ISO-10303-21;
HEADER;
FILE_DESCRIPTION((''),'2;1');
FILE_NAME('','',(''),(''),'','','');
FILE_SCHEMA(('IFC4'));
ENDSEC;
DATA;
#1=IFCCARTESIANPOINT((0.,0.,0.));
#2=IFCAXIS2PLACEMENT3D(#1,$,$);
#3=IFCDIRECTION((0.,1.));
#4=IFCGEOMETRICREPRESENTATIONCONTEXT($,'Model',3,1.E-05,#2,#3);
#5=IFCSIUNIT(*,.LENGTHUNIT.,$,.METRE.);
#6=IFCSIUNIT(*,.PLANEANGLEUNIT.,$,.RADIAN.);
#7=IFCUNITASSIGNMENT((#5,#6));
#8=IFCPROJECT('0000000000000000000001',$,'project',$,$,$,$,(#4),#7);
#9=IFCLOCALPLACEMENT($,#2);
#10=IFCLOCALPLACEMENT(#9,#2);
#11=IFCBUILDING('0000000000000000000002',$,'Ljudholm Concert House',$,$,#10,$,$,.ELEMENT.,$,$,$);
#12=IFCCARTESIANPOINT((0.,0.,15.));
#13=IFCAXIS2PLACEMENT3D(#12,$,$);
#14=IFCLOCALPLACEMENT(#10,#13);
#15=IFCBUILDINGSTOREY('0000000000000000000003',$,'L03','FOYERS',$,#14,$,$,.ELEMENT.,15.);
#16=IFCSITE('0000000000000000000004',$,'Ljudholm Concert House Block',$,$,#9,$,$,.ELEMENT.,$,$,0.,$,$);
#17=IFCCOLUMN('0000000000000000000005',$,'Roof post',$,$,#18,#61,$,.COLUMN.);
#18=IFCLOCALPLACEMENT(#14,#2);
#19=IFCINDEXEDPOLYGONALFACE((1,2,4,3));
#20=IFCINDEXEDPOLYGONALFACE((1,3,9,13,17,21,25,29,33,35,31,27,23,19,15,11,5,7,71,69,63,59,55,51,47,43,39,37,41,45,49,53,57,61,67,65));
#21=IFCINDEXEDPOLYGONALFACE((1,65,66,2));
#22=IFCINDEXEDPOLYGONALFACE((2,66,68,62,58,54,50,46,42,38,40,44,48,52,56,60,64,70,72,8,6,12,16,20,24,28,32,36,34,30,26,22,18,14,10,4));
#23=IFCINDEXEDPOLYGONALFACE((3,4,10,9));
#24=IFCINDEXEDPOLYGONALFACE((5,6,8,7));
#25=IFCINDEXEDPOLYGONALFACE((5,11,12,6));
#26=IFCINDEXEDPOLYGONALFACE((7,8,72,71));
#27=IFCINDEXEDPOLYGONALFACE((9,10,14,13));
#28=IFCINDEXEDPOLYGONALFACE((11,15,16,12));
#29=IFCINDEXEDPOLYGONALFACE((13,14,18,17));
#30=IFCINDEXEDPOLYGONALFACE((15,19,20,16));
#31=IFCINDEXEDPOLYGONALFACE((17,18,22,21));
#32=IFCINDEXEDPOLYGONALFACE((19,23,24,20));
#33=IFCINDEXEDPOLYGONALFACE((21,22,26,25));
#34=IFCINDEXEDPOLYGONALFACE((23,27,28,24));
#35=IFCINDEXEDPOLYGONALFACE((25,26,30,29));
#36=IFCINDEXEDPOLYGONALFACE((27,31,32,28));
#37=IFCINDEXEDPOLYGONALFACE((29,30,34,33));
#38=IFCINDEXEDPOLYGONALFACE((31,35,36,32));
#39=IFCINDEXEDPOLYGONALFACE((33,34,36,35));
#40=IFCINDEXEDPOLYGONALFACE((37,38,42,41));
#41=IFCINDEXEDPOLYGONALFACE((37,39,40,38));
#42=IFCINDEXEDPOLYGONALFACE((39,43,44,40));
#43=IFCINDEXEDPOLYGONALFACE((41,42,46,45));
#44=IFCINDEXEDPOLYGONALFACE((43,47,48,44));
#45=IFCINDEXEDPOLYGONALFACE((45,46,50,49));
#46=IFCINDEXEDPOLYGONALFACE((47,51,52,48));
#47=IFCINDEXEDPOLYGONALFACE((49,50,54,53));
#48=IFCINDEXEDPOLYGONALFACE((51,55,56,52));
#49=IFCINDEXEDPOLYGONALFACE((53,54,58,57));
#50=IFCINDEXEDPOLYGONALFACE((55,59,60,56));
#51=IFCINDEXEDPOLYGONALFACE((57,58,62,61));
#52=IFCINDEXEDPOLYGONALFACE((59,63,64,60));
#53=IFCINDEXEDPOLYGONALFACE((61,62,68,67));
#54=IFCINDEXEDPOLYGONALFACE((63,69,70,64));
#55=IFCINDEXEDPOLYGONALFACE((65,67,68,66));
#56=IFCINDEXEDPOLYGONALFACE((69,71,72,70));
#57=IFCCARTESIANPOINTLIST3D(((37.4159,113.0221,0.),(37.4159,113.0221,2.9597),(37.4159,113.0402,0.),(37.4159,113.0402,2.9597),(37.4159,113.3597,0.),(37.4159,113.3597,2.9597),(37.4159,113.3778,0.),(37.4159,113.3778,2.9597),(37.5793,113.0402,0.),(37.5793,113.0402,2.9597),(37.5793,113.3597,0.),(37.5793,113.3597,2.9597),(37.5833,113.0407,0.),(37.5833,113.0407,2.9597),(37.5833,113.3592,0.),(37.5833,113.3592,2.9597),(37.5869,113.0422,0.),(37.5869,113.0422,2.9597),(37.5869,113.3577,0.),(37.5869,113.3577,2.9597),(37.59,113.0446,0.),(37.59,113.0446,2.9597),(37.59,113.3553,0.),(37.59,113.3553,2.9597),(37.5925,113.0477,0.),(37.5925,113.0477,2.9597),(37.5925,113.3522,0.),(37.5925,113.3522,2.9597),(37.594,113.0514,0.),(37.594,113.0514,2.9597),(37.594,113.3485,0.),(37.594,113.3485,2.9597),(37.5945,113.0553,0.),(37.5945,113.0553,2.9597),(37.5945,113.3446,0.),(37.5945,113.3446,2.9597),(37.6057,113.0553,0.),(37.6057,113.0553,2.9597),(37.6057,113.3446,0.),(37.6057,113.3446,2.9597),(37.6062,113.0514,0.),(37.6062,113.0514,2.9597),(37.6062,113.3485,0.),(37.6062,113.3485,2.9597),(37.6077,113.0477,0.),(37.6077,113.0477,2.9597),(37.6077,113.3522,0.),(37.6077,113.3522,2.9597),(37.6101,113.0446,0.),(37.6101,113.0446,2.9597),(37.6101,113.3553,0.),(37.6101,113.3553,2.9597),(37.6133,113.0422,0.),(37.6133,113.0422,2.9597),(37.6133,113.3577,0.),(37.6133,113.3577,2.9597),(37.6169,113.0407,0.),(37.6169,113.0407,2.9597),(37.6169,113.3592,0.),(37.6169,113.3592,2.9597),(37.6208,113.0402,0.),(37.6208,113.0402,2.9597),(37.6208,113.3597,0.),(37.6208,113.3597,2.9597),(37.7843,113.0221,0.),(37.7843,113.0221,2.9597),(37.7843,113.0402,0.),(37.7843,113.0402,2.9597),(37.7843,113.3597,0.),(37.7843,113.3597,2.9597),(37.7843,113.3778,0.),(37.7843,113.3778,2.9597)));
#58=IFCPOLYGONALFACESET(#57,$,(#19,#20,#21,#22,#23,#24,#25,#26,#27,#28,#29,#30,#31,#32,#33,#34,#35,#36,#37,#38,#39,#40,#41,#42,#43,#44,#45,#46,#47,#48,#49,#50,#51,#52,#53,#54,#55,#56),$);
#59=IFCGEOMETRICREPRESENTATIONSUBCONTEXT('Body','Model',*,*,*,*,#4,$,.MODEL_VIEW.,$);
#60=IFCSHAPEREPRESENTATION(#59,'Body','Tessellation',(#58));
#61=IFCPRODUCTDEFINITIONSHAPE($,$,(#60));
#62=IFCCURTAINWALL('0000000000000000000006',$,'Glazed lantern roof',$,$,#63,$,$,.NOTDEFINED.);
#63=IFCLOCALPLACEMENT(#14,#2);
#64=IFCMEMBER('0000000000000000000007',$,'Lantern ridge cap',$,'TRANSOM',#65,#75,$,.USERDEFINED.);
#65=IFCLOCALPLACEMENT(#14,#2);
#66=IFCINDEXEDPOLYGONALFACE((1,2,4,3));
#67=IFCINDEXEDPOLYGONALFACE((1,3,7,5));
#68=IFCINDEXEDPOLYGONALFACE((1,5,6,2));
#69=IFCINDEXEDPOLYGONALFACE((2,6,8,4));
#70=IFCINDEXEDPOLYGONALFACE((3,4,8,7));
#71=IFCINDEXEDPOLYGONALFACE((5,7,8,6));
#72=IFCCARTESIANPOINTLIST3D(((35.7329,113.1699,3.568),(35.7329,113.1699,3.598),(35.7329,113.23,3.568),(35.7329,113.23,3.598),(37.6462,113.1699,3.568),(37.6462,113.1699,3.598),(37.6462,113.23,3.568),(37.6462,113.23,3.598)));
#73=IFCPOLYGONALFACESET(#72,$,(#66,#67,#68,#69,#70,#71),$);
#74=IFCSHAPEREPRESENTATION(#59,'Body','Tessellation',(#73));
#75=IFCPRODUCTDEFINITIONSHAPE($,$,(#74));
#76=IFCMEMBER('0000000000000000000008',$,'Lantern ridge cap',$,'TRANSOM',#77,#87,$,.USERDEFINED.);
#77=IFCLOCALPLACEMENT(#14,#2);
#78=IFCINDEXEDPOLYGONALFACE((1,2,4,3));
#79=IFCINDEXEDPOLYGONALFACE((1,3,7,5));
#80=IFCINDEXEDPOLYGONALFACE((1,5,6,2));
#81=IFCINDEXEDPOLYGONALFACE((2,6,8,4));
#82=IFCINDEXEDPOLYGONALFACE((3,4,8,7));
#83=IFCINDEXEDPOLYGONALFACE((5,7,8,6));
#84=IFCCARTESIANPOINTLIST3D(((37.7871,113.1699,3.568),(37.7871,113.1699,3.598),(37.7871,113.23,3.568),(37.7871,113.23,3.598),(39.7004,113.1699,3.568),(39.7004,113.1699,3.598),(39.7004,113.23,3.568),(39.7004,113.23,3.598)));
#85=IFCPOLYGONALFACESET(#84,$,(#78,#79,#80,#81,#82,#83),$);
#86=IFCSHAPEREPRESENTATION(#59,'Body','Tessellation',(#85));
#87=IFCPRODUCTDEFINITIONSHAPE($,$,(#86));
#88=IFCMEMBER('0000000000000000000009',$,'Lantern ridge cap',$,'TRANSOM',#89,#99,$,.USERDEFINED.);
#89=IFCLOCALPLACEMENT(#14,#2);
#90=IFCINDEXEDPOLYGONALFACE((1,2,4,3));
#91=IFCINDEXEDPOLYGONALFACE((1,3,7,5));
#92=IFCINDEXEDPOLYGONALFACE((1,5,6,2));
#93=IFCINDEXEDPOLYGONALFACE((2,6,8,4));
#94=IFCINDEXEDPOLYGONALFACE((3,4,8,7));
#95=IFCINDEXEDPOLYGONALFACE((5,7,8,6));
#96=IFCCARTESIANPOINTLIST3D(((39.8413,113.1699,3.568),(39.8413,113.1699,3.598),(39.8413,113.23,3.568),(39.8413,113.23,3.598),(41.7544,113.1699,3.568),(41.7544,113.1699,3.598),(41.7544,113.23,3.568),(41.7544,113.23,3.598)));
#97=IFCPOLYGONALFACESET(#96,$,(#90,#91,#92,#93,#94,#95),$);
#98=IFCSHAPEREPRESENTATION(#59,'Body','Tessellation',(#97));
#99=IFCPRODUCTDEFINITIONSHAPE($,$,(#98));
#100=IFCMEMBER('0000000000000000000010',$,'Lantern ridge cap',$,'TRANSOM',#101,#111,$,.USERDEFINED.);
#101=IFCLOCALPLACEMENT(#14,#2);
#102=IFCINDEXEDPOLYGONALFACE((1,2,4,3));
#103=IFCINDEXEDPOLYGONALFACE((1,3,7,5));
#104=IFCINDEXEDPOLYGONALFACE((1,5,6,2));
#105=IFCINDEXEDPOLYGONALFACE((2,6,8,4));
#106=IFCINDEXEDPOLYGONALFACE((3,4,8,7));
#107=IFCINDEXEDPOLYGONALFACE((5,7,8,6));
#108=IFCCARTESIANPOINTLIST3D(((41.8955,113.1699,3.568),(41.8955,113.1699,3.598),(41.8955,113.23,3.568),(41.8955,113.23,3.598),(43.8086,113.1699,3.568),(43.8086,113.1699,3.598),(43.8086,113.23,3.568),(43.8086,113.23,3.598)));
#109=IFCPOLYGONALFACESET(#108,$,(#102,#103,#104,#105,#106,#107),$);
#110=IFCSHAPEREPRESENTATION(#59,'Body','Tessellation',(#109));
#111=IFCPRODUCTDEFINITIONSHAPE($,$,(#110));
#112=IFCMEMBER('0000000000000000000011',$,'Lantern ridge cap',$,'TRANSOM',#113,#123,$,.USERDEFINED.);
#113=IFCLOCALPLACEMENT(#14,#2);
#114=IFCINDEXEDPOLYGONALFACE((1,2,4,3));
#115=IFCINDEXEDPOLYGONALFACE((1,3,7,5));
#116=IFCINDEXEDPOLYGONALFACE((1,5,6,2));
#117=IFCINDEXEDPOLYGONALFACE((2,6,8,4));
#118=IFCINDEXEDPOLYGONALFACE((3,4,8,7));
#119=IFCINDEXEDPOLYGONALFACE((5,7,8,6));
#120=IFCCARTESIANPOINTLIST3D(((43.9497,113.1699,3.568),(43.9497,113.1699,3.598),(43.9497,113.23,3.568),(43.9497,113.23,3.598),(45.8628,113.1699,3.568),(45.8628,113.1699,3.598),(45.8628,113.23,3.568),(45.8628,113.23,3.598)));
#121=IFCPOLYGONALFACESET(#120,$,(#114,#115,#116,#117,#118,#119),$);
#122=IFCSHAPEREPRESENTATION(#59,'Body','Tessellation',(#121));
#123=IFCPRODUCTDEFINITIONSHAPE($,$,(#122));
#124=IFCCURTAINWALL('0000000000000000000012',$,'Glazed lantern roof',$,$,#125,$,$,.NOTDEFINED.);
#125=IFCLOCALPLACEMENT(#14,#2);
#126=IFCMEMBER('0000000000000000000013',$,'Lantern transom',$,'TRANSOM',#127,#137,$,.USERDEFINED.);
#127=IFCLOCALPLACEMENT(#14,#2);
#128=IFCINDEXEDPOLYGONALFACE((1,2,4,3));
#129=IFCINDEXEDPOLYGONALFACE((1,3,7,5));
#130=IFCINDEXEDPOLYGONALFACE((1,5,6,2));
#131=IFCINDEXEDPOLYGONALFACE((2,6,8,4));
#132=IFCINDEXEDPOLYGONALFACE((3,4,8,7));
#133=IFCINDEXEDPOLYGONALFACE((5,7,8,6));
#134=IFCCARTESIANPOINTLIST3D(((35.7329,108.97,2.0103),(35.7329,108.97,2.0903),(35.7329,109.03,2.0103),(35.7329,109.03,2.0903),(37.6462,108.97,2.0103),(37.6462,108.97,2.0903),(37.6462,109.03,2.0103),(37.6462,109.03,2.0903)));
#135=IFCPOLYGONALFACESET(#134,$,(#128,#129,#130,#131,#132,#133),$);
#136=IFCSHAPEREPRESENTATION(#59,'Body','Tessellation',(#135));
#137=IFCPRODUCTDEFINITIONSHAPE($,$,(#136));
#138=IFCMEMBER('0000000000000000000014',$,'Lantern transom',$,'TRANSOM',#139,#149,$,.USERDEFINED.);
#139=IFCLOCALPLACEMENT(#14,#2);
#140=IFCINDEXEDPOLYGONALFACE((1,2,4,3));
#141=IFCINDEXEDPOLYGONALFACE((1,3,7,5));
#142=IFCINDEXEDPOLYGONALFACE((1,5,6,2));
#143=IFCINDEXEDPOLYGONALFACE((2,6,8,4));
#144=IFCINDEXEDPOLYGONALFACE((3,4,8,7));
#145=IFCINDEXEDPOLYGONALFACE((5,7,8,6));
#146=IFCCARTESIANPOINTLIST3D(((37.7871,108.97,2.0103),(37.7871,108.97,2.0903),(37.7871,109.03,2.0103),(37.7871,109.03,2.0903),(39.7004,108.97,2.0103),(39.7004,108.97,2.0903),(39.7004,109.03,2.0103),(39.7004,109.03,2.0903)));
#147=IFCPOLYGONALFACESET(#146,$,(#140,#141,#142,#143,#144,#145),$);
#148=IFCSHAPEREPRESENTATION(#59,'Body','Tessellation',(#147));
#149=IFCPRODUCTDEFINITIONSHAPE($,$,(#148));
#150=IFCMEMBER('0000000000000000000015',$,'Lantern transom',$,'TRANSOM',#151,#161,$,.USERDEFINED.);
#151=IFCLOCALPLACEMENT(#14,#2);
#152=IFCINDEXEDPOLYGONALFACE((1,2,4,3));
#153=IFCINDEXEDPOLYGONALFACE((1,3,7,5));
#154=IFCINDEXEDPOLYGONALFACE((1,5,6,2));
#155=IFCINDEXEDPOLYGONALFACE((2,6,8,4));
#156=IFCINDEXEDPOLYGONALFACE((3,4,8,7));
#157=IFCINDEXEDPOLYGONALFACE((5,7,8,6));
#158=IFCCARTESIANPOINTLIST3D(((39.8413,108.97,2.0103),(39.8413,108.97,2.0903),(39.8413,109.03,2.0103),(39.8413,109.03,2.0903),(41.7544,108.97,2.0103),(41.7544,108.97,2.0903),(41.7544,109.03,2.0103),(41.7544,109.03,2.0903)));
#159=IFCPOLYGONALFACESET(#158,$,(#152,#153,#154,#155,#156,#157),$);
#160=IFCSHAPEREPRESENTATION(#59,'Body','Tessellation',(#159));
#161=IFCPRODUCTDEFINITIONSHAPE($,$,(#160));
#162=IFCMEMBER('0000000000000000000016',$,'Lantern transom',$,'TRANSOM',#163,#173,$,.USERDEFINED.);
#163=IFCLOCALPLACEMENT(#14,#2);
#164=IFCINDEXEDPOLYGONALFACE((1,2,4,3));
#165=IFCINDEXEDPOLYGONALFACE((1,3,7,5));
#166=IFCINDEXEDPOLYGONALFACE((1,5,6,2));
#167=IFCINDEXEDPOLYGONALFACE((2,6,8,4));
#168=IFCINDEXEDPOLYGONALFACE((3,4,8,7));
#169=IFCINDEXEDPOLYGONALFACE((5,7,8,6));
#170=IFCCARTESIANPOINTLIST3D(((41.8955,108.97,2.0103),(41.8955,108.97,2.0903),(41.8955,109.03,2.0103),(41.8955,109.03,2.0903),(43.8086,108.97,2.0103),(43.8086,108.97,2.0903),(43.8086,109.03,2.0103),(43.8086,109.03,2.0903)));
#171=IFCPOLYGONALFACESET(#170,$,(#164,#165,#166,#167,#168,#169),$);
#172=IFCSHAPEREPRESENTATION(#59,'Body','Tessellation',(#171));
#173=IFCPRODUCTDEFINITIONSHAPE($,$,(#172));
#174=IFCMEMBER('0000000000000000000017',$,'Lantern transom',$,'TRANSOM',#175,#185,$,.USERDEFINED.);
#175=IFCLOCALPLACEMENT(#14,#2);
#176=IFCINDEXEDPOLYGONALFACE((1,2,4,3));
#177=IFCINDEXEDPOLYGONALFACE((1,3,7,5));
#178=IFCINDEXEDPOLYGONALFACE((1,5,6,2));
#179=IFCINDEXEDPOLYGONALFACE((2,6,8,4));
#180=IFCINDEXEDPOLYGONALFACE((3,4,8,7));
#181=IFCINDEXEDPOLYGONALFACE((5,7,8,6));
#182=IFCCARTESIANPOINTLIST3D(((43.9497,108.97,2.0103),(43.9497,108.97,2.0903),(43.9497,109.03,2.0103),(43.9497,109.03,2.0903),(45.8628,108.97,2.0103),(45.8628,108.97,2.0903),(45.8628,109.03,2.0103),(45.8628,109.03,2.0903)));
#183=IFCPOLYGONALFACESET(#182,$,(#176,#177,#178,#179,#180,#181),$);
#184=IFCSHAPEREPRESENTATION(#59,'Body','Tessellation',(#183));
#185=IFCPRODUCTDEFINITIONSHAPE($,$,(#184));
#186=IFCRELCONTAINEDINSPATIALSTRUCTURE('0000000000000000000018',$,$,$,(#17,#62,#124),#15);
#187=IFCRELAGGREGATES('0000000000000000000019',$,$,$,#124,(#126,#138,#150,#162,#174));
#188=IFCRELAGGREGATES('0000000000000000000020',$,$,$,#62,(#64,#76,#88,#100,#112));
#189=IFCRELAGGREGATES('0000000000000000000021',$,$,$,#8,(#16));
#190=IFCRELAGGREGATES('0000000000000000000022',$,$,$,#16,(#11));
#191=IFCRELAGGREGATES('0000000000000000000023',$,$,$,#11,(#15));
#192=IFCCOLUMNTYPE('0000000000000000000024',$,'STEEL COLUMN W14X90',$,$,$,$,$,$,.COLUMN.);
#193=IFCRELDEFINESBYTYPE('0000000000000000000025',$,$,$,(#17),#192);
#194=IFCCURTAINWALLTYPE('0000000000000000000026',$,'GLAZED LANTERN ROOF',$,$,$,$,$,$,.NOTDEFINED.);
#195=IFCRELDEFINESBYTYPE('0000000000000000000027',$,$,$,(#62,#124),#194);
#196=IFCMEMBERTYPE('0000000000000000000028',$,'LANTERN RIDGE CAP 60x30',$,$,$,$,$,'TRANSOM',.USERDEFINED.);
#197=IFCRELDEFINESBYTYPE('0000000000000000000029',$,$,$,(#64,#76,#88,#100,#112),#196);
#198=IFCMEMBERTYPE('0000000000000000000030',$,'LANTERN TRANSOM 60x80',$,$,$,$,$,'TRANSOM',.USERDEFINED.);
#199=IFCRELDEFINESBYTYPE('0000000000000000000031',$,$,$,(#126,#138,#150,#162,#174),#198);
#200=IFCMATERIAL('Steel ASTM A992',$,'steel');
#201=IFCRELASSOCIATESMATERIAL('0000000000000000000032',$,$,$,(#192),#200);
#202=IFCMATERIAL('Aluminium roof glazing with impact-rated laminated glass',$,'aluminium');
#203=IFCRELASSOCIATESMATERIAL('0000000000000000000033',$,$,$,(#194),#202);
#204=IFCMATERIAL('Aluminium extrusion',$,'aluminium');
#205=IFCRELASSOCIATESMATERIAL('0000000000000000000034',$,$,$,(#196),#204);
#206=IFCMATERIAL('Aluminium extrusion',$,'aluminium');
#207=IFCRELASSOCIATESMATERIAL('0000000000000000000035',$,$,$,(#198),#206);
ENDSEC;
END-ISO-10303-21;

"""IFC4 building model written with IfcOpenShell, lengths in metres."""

from ifc_helpers import new_model, si_unit, direction, frame, origin, origin_2d, place, context, subcontext, project, spatial, rectangle, i_section, extrude, material, material_profile, profile_set, type_object, element, aggregate, save


model = new_model("IFC4")

# Units and contexts
model_context = context("Model", 3, precision=1e-05, world=origin(), true_north=direction((0.0, 1.0)))
body_context = subcontext(model_context, "Body", "Model", "MODEL_VIEW")
ifc_project = project(units=[si_unit("LENGTHUNIT", "METRE"), si_unit("PLANEANGLEUNIT", "RADIAN")], contexts=[model_context])

# Site, building, storey
site_placement = place(None, origin())
site = spatial("IfcSite", under=ifc_project, at=site_placement, Name="Ljudholm Concert House Block", CompositionType="ELEMENT", RefElevation=0.0)
building_placement = place(site_placement, origin())
building = spatial("IfcBuilding", under=site, at=building_placement, Name="Ljudholm Concert House", CompositionType="ELEMENT")
storey_placement = place(building_placement, frame((0.0, 0.0, 15.0)))
storey = spatial("IfcBuildingStorey", under=building, at=storey_placement, Name="L03", Description="FOYERS", CompositionType="ELEMENT", Elevation=15.0)

# Column
ifc_material_1 = material(Name="Steel ASTM A992", Category="steel")
ifc_material_profile_1 = material_profile(ifc_material_1, i_section(OverallWidth=0.3684, OverallDepth=0.3557, WebThickness=0.0112, FlangeThickness=0.0181, FilletRadius=0.0151, at=origin_2d()), Name="W14X90")
ifc_profile_set_1 = profile_set([ifc_material_profile_1], Name="Steel ASTM A992")
column_type = type_object("IfcColumnType", Name="STEEL COLUMN W14X90", PredefinedType="COLUMN", material=ifc_profile_set_1)
column_placement = place(storey_placement, frame((37.6001, 113.2, 0.0), z_axis=(0.0, 0.0, 1.0), x_axis=(1.0, 0.0, 0.0)))
element("IfcColumn", 1, at=column_placement, inside=storey, type_object=column_type, Name="Roof post", PredefinedType="COLUMN", context=body_context, shape_type="SweptSolid", body=[
    extrude(i_section(OverallWidth=0.3684, OverallDepth=0.3557, WebThickness=0.0112, FlangeThickness=0.0181, FilletRadius=0.0151, at=origin_2d()), origin(), (0.0, 0.0, 1.0), 2.9597),
])

# Curtain walls, members
ifc_material_2 = material(Name="Aluminium roof glazing with impact-rated laminated glass", Category="aluminium")
curtain_wall_type = type_object("IfcCurtainWallType", Name="GLAZED LANTERN ROOF", PredefinedType="NOTDEFINED", material=ifc_material_2)
curtain_wall_1_placement = place(storey_placement, origin())
curtain_wall_1 = element("IfcCurtainWall", 2, at=curtain_wall_1_placement, inside=storey, type_object=curtain_wall_type, Name="Glazed lantern roof", PredefinedType="NOTDEFINED")
ifc_material_3 = material(Name="Aluminium extrusion", Category="aluminium")
ifc_material_profile_2 = material_profile(ifc_material_3, rectangle(XDim=0.0601, YDim=0.03, at=origin_2d()), Name="LANTERN RIDGE CAP 60x30")
ifc_profile_set_2 = profile_set([ifc_material_profile_2], Name="Aluminium extrusion")
member_type_1 = type_object("IfcMemberType", Name="LANTERN RIDGE CAP 60x30", ElementType="TRANSOM", PredefinedType="USERDEFINED", material=ifc_profile_set_2)
member_1_placement = place(storey_placement, frame((35.7329, 113.2, 3.583), z_axis=(1.0, 0.0, 0.0), x_axis=(0.0, 1.0, 0.0)))
member_1 = element("IfcMember", 3, at=member_1_placement, type_object=member_type_1, Name="Lantern ridge cap", ObjectType="TRANSOM", PredefinedType="USERDEFINED", context=body_context, shape_type="SweptSolid", body=[
    extrude(rectangle(XDim=0.0601, YDim=0.03, at=origin_2d()), origin(), (0.0, 0.0, 1.0), 1.9133),
])
member_2_placement = place(storey_placement, frame((37.7871, 113.2, 3.583), z_axis=(1.0, 0.0, 0.0), x_axis=(0.0, 1.0, 0.0)))
member_2 = element("IfcMember", 4, at=member_2_placement, type_object=member_type_1, Name="Lantern ridge cap", ObjectType="TRANSOM", PredefinedType="USERDEFINED", context=body_context, shape_type="SweptSolid", body=[
    extrude(rectangle(XDim=0.0601, YDim=0.03, at=origin_2d()), origin(), (0.0, 0.0, 1.0), 1.9133),
])
member_3_placement = place(storey_placement, frame((39.8413, 113.2, 3.583), z_axis=(1.0, 0.0, 0.0), x_axis=(0.0, 1.0, 0.0)))
member_3 = element("IfcMember", 5, at=member_3_placement, type_object=member_type_1, Name="Lantern ridge cap", ObjectType="TRANSOM", PredefinedType="USERDEFINED", context=body_context, shape_type="SweptSolid", body=[
    extrude(rectangle(XDim=0.0601, YDim=0.03, at=origin_2d()), origin(), (0.0, 0.0, 1.0), 1.9131),
])
member_4_placement = place(storey_placement, frame((41.8955, 113.2, 3.583), z_axis=(1.0, 0.0, 0.0), x_axis=(0.0, 1.0, 0.0)))
member_4 = element("IfcMember", 6, at=member_4_placement, type_object=member_type_1, Name="Lantern ridge cap", ObjectType="TRANSOM", PredefinedType="USERDEFINED", context=body_context, shape_type="SweptSolid", body=[
    extrude(rectangle(XDim=0.0601, YDim=0.03, at=origin_2d()), origin(), (0.0, 0.0, 1.0), 1.9131),
])
member_5_placement = place(storey_placement, frame((43.9497, 113.2, 3.583), z_axis=(1.0, 0.0, 0.0), x_axis=(0.0, 1.0, 0.0)))
member_5 = element("IfcMember", 7, at=member_5_placement, type_object=member_type_1, Name="Lantern ridge cap", ObjectType="TRANSOM", PredefinedType="USERDEFINED", context=body_context, shape_type="SweptSolid", body=[
    extrude(rectangle(XDim=0.0601, YDim=0.03, at=origin_2d()), origin(), (0.0, 0.0, 1.0), 1.9131),
])
curtain_wall_2_placement = place(storey_placement, origin())
curtain_wall_2 = element("IfcCurtainWall", 8, at=curtain_wall_2_placement, inside=storey, type_object=curtain_wall_type, Name="Glazed lantern roof", PredefinedType="NOTDEFINED")
ifc_material_4 = material(Name="Aluminium extrusion", Category="aluminium")
ifc_material_profile_3 = material_profile(ifc_material_4, rectangle(XDim=0.0601, YDim=0.0801, at=origin_2d()), Name="LANTERN TRANSOM 60x80")
ifc_profile_set_3 = profile_set([ifc_material_profile_3], Name="Aluminium extrusion")
member_type_2 = type_object("IfcMemberType", Name="LANTERN TRANSOM 60x80", ElementType="TRANSOM", PredefinedType="USERDEFINED", material=ifc_profile_set_3)
member_6_placement = place(storey_placement, frame((35.7329, 109.0, 2.0503), z_axis=(1.0, 0.0, 0.0), x_axis=(0.0, 1.0, 0.0)))
member_6 = element("IfcMember", 9, at=member_6_placement, type_object=member_type_2, Name="Lantern transom", ObjectType="TRANSOM", PredefinedType="USERDEFINED", context=body_context, shape_type="SweptSolid", body=[
    extrude(rectangle(XDim=0.0601, YDim=0.0801, at=origin_2d()), origin(), (0.0, 0.0, 1.0), 1.9133),
])
member_7_placement = place(storey_placement, frame((37.7871, 109.0, 2.0503), z_axis=(1.0, 0.0, 0.0), x_axis=(0.0, 1.0, 0.0)))
member_7 = element("IfcMember", 10, at=member_7_placement, type_object=member_type_2, Name="Lantern transom", ObjectType="TRANSOM", PredefinedType="USERDEFINED", context=body_context, shape_type="SweptSolid", body=[
    extrude(rectangle(XDim=0.0601, YDim=0.0801, at=origin_2d()), origin(), (0.0, 0.0, 1.0), 1.9133),
])
member_8_placement = place(storey_placement, frame((39.8413, 109.0, 2.0503), z_axis=(1.0, 0.0, 0.0), x_axis=(0.0, 1.0, 0.0)))
member_8 = element("IfcMember", 11, at=member_8_placement, type_object=member_type_2, Name="Lantern transom", ObjectType="TRANSOM", PredefinedType="USERDEFINED", context=body_context, shape_type="SweptSolid", body=[
    extrude(rectangle(XDim=0.0601, YDim=0.0801, at=origin_2d()), origin(), (0.0, 0.0, 1.0), 1.9131),
])
member_9_placement = place(storey_placement, frame((41.8955, 109.0, 2.0503), z_axis=(1.0, 0.0, 0.0), x_axis=(0.0, 1.0, 0.0)))
member_9 = element("IfcMember", 12, at=member_9_placement, type_object=member_type_2, Name="Lantern transom", ObjectType="TRANSOM", PredefinedType="USERDEFINED", context=body_context, shape_type="SweptSolid", body=[
    extrude(rectangle(XDim=0.0601, YDim=0.0801, at=origin_2d()), origin(), (0.0, 0.0, 1.0), 1.9131),
])
member_10_placement = place(storey_placement, frame((43.9497, 109.0, 2.0503), z_axis=(1.0, 0.0, 0.0), x_axis=(0.0, 1.0, 0.0)))
member_10 = element("IfcMember", 13, at=member_10_placement, type_object=member_type_2, Name="Lantern transom", ObjectType="TRANSOM", PredefinedType="USERDEFINED", context=body_context, shape_type="SweptSolid", body=[
    extrude(rectangle(XDim=0.0601, YDim=0.0801, at=origin_2d()), origin(), (0.0, 0.0, 1.0), 1.9131),
])

aggregate(curtain_wall_2, [member_6, member_7, member_8, member_9, member_10])
aggregate(curtain_wall_1, [member_1, member_2, member_3, member_4, member_5])

save(model, "model.ifc")
